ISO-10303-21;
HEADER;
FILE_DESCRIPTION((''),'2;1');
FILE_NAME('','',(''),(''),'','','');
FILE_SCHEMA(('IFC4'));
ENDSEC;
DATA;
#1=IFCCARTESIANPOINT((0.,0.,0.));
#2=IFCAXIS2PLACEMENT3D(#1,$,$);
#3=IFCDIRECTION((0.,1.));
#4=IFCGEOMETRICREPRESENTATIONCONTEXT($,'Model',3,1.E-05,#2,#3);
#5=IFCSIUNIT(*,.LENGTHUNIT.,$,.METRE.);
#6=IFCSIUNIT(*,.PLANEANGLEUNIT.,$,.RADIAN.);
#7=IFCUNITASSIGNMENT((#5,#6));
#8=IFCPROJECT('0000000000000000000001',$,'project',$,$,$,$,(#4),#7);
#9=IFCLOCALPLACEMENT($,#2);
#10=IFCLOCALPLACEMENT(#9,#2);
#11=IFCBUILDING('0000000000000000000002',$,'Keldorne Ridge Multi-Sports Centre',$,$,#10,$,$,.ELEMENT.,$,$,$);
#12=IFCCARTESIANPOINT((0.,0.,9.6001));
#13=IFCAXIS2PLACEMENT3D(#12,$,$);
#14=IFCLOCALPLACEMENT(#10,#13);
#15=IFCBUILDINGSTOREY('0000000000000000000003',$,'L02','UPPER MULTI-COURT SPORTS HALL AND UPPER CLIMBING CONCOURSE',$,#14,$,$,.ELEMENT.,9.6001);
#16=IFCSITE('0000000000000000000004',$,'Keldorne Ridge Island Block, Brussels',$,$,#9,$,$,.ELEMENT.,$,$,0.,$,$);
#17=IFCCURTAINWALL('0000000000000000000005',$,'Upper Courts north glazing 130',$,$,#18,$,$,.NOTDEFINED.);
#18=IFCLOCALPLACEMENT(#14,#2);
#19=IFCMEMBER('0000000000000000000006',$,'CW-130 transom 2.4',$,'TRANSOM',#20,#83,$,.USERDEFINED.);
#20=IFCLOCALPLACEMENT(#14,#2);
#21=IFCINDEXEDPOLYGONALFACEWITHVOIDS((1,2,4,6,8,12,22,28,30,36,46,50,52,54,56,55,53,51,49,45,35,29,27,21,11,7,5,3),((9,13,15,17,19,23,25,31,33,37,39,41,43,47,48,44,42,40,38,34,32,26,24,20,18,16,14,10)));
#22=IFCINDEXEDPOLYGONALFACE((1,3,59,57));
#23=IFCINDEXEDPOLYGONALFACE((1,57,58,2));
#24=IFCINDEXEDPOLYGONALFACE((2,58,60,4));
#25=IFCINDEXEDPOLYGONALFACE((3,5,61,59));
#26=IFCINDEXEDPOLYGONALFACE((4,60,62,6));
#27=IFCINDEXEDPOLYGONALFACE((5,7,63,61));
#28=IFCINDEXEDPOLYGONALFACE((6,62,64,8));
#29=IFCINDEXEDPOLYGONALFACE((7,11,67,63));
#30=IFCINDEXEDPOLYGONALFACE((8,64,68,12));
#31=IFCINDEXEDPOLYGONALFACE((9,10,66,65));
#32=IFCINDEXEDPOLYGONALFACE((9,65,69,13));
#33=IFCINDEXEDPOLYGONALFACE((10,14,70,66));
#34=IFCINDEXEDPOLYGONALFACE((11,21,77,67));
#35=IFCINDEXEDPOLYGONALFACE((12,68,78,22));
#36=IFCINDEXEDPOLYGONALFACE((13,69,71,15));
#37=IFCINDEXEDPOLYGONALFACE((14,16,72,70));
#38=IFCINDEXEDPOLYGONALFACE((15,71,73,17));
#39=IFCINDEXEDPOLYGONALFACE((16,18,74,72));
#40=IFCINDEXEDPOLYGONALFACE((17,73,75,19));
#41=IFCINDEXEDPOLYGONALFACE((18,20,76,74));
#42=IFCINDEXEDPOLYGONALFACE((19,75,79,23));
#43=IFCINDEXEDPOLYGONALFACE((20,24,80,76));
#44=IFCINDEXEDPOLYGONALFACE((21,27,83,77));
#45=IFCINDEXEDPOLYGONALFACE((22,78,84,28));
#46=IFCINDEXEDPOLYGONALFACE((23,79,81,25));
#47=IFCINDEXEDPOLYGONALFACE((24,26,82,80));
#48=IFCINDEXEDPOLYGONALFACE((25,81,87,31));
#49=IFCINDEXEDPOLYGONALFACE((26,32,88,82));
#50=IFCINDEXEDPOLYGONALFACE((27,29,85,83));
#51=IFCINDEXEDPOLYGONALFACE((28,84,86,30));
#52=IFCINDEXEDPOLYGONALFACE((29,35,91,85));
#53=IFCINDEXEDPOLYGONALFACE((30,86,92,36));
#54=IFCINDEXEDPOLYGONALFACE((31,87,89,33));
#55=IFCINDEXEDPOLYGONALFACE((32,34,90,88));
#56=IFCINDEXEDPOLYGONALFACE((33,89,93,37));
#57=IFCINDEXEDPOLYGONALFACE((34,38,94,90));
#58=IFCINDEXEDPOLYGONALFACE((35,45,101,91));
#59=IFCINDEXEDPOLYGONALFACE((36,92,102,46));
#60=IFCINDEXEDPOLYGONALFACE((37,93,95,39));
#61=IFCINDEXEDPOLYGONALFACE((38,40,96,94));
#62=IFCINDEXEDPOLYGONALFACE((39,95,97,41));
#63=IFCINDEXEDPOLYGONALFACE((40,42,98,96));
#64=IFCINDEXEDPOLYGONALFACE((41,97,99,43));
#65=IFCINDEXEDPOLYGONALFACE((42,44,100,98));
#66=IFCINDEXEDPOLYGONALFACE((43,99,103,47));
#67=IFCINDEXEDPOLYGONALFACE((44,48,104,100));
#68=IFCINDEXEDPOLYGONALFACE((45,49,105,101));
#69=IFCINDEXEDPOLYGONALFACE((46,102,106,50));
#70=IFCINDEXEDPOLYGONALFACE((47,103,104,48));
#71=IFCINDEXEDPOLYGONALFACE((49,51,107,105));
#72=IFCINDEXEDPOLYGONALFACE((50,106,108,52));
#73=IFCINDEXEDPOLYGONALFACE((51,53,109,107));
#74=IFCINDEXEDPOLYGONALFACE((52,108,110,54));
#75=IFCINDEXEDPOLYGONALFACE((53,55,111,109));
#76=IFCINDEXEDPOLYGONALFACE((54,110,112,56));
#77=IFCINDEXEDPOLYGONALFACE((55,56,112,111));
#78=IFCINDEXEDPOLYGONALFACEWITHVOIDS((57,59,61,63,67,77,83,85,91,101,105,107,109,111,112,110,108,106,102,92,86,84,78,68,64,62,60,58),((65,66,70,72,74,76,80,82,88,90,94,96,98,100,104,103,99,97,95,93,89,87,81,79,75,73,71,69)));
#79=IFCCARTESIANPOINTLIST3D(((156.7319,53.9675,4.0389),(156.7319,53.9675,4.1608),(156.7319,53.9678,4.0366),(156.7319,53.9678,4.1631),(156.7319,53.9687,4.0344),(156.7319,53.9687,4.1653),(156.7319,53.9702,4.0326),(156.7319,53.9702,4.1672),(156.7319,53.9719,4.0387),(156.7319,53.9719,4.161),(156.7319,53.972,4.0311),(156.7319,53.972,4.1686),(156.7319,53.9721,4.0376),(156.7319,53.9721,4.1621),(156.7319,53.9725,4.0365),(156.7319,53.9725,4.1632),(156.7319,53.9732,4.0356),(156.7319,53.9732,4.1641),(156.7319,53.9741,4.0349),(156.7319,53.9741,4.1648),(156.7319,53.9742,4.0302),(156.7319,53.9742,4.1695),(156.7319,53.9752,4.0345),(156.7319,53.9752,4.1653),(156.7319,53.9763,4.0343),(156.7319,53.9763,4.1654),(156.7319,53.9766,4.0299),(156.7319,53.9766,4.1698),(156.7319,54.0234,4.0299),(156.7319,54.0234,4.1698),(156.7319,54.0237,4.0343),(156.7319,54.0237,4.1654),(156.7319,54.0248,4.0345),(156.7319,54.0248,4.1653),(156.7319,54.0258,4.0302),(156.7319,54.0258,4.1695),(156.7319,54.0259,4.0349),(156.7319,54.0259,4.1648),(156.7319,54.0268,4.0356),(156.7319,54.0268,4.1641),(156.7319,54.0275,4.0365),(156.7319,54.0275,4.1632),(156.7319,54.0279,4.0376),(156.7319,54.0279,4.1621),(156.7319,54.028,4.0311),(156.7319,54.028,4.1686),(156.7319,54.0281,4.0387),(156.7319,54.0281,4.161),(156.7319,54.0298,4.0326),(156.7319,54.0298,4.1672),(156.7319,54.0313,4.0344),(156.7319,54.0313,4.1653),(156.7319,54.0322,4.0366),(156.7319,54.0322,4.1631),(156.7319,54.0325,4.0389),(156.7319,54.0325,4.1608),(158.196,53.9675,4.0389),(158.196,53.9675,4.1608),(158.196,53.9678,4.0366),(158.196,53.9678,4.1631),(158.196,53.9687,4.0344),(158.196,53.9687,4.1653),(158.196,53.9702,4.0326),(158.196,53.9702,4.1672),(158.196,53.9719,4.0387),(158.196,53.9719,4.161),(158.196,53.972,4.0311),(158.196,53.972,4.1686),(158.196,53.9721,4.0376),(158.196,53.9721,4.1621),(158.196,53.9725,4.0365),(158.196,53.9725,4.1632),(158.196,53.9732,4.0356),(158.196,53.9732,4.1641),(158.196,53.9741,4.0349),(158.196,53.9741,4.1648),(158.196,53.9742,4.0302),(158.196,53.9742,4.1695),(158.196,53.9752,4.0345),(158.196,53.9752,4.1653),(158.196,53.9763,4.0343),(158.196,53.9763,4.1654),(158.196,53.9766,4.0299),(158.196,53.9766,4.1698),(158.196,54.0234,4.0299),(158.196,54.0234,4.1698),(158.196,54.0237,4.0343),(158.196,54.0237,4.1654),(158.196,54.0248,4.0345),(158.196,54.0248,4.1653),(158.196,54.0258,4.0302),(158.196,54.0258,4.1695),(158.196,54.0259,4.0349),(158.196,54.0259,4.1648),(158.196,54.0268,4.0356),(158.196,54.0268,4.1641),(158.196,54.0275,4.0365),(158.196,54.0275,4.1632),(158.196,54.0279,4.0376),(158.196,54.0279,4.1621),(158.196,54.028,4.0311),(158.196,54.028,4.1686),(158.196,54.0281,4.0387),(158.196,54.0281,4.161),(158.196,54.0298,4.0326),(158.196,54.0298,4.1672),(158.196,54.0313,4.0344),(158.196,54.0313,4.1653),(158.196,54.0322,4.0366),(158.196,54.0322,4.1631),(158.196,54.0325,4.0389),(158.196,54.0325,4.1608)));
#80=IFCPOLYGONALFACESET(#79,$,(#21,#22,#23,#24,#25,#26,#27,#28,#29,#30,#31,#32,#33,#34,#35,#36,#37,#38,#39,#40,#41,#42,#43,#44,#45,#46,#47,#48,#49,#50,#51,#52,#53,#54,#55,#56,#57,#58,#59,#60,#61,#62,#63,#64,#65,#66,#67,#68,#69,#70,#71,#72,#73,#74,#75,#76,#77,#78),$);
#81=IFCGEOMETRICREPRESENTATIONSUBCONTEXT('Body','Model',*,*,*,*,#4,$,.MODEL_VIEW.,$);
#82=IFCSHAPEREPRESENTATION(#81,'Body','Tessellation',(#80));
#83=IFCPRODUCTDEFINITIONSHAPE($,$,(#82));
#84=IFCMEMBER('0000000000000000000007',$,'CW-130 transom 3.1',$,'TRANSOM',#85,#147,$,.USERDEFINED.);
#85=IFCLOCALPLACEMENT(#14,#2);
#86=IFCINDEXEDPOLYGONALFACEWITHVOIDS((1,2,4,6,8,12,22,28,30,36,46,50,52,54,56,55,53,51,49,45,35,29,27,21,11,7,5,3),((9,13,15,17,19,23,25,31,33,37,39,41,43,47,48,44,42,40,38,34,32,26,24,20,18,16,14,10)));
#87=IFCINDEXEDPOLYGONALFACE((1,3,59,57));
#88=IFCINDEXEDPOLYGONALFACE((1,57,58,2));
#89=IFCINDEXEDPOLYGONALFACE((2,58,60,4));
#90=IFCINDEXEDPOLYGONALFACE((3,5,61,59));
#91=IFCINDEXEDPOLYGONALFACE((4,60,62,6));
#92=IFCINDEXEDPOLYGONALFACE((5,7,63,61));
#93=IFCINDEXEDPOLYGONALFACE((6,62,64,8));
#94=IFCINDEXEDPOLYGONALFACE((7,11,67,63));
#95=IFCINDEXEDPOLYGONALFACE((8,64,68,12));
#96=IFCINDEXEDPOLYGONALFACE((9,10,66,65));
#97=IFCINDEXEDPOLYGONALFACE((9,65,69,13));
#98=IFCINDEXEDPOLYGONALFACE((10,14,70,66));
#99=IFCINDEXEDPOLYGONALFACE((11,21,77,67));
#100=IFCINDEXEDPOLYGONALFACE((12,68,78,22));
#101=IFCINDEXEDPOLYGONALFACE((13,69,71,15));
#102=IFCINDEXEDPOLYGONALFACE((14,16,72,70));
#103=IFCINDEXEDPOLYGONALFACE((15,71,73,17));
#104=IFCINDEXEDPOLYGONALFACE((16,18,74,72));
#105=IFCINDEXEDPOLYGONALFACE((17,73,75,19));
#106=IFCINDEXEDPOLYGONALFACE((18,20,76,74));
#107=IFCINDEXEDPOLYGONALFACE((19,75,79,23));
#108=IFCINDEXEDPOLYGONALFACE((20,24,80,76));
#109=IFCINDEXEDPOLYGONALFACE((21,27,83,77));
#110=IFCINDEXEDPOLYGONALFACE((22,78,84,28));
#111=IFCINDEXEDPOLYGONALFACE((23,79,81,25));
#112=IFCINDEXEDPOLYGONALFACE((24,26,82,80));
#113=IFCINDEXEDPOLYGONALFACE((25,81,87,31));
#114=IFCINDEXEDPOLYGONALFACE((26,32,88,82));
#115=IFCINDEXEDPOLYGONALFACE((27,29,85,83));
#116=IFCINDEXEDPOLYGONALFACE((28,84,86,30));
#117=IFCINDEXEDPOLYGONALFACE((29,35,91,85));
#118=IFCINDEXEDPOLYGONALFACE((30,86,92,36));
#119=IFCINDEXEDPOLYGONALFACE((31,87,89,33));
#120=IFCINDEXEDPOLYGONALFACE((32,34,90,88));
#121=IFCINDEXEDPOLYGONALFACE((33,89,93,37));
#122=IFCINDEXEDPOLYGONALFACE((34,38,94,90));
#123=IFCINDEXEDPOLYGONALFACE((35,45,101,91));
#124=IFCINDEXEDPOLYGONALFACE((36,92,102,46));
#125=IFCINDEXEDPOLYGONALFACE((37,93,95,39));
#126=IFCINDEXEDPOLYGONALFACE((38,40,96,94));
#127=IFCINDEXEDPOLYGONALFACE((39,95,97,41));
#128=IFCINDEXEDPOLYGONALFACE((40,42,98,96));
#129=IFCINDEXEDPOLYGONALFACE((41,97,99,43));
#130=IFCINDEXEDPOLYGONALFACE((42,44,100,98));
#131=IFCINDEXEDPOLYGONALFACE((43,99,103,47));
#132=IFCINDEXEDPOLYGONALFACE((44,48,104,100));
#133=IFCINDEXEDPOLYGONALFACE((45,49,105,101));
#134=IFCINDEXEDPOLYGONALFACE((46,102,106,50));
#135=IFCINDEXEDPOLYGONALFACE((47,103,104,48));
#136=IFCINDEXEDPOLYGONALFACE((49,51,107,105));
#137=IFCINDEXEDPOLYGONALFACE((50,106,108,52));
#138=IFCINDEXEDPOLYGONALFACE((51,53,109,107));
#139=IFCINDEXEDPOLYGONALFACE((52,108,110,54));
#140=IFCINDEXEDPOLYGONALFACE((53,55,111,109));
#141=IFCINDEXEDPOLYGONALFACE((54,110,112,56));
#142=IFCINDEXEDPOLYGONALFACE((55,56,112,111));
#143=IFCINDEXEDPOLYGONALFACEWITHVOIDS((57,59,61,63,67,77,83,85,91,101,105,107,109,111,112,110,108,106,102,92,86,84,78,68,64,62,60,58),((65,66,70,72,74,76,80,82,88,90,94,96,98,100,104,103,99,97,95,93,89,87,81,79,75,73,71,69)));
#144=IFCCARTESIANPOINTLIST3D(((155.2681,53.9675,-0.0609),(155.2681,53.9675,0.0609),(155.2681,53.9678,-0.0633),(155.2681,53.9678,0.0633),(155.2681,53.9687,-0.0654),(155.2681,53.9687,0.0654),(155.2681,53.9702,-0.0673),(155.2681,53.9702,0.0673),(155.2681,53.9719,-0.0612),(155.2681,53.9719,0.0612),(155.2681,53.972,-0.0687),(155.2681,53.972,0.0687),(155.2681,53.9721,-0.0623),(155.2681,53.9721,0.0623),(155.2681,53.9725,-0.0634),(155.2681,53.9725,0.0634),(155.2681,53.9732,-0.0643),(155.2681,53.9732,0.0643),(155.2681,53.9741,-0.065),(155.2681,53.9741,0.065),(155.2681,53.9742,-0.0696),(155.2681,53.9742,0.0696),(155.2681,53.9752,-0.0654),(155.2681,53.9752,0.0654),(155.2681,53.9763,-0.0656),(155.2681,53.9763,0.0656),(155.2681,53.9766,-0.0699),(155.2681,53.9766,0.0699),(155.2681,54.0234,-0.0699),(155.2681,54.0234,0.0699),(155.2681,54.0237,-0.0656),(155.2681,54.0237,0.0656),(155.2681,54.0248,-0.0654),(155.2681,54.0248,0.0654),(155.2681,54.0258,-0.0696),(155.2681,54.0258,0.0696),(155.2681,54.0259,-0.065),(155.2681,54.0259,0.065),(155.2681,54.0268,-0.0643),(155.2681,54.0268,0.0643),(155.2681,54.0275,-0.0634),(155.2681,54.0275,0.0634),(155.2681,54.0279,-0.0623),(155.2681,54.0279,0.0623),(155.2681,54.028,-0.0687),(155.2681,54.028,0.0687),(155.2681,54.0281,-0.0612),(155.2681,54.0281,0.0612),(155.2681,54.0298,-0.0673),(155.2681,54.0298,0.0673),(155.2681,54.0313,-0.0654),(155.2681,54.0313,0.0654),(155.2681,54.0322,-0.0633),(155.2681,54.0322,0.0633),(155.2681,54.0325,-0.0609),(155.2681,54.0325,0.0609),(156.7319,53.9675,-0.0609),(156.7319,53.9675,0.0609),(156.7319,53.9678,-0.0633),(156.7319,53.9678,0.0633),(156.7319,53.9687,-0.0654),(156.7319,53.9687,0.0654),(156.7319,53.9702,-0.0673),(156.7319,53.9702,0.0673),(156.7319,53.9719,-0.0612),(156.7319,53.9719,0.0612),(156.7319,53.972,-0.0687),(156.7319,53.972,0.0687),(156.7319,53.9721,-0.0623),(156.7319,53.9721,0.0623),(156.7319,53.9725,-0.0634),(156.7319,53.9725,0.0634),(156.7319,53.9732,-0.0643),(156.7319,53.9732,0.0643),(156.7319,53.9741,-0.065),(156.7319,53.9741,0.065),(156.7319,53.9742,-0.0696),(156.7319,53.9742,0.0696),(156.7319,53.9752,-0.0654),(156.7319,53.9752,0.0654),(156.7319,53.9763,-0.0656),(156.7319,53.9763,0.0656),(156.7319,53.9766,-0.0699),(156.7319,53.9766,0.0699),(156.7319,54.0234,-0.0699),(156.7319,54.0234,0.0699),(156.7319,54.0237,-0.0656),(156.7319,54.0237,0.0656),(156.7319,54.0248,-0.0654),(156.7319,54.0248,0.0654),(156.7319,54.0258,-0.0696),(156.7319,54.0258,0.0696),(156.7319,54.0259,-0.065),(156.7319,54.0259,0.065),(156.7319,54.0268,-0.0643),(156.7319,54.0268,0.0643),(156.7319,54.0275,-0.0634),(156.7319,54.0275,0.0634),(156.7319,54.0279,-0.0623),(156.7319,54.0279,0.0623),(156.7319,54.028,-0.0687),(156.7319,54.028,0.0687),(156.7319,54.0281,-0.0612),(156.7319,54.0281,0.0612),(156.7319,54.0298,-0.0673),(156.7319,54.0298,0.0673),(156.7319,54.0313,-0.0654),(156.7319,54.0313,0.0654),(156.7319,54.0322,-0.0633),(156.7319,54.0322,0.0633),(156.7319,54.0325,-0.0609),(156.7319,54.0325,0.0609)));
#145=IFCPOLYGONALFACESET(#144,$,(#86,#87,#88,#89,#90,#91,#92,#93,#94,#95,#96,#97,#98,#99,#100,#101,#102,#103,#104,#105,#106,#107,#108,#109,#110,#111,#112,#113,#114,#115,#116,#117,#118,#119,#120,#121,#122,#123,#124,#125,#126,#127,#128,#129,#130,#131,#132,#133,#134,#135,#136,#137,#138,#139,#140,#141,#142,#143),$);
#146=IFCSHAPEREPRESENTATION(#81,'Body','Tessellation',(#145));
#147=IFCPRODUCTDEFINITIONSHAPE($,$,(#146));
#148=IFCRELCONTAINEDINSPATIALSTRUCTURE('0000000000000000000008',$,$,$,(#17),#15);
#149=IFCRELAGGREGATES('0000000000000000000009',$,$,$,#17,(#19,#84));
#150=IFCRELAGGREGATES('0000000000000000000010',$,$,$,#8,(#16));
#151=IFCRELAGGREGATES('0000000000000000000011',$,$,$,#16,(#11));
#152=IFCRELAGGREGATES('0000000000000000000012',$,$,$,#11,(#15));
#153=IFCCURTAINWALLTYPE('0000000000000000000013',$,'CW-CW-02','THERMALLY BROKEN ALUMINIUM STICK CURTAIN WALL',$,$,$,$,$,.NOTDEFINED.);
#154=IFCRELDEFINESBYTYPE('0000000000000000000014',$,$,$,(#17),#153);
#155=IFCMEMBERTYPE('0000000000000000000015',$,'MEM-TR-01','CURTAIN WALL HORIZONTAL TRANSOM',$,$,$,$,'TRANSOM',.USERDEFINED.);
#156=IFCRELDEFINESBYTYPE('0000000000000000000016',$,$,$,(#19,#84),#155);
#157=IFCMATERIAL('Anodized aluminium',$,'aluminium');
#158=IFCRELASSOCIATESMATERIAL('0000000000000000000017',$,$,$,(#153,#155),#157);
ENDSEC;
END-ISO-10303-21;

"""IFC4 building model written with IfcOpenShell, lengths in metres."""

from ifc_helpers import new_model, si_unit, direction, frame, origin, origin_2d, place, context, subcontext, project, spatial, hollow_rectangle, extrude, material, material_profile, profile_set, type_object, element, aggregate, save


model = new_model("IFC4")

# Units and contexts
model_context = context("Model", 3, precision=1e-05, world=origin(), true_north=direction((0.0, 1.0)))
body_context = subcontext(model_context, "Body", "Model", "MODEL_VIEW")
ifc_project = project(units=[si_unit("LENGTHUNIT", "METRE"), si_unit("PLANEANGLEUNIT", "RADIAN")], contexts=[model_context])

# Site, building, storey
site_placement = place(None, origin())
site = spatial("IfcSite", under=ifc_project, at=site_placement, Name="Keldorne Ridge Island Block, Brussels", CompositionType="ELEMENT", RefElevation=0.0)
building_placement = place(site_placement, origin())
building = spatial("IfcBuilding", under=site, at=building_placement, Name="Keldorne Ridge Multi-Sports Centre", CompositionType="ELEMENT")
storey_placement = place(building_placement, frame((0.0, 0.0, 9.6001)))
storey = spatial("IfcBuildingStorey", under=building, at=storey_placement, Name="L02", Description="UPPER MULTI-COURT SPORTS HALL AND UPPER CLIMBING CONCOURSE", CompositionType="ELEMENT", Elevation=9.6001)

# Curtain wall, members
ifc_material_1 = material(Name="Anodized aluminium", Category="aluminium")
curtain_wall_type = type_object("IfcCurtainWallType", Name="CW-CW-02", Description="THERMALLY BROKEN ALUMINIUM STICK CURTAIN WALL", PredefinedType="NOTDEFINED", material=ifc_material_1)
curtain_wall_placement = place(storey_placement, origin())
curtain_wall = element("IfcCurtainWall", 1, at=curtain_wall_placement, inside=storey, type_object=curtain_wall_type, Name="Upper Courts north glazing 130", PredefinedType="NOTDEFINED")
ifc_material_profile_1 = material_profile(ifc_material_1, hollow_rectangle(XDim=0.0649, YDim=0.1399, WallThickness=0.0044, InnerFilletRadius=0.0044, OuterFilletRadius=0.009, at=origin_2d()), Name="ALU TRANSOM 140x65x4.5")
ifc_profile_set_1 = profile_set([ifc_material_profile_1], Name="Anodized aluminium")
member_type_1 = type_object("IfcMemberType", Name="MEM-TR-01", Description="CURTAIN WALL HORIZONTAL TRANSOM", ElementType="TRANSOM", PredefinedType="USERDEFINED", material=ifc_profile_set_1)
member_1_placement = place(storey_placement, frame((158.196, 54.0, 4.0999), z_axis=(-1.0, 0.0, 0.0), x_axis=(0.0, -1.0, 0.0)))
member_1 = element("IfcMember", 2, at=member_1_placement, type_object=member_type_1, Name="CW-130 transom 2.4", ObjectType="TRANSOM", PredefinedType="USERDEFINED", context=body_context, shape_type="SweptSolid", body=[
    extrude(hollow_rectangle(XDim=0.0649, YDim=0.1399, WallThickness=0.0044, InnerFilletRadius=0.0044, OuterFilletRadius=0.009, at=origin_2d()), origin(), (0.0, 0.0, 1.0), 1.4641),
])
member_2_placement = place(storey_placement, frame((156.7319, 54.0, 0.0), z_axis=(-1.0, 0.0, 0.0), x_axis=(0.0, -1.0, 0.0)))
member_2 = element("IfcMember", 3, at=member_2_placement, type_object=member_type_1, Name="CW-130 transom 3.1", ObjectType="TRANSOM", PredefinedType="USERDEFINED", context=body_context, shape_type="SweptSolid", body=[
    extrude(hollow_rectangle(XDim=0.0649, YDim=0.1399, WallThickness=0.0044, InnerFilletRadius=0.0044, OuterFilletRadius=0.009, at=origin_2d()), origin(), (0.0, 0.0, 1.0), 1.4639),
])
aggregate(curtain_wall, [member_1, member_2])

save(model, "model.ifc")
